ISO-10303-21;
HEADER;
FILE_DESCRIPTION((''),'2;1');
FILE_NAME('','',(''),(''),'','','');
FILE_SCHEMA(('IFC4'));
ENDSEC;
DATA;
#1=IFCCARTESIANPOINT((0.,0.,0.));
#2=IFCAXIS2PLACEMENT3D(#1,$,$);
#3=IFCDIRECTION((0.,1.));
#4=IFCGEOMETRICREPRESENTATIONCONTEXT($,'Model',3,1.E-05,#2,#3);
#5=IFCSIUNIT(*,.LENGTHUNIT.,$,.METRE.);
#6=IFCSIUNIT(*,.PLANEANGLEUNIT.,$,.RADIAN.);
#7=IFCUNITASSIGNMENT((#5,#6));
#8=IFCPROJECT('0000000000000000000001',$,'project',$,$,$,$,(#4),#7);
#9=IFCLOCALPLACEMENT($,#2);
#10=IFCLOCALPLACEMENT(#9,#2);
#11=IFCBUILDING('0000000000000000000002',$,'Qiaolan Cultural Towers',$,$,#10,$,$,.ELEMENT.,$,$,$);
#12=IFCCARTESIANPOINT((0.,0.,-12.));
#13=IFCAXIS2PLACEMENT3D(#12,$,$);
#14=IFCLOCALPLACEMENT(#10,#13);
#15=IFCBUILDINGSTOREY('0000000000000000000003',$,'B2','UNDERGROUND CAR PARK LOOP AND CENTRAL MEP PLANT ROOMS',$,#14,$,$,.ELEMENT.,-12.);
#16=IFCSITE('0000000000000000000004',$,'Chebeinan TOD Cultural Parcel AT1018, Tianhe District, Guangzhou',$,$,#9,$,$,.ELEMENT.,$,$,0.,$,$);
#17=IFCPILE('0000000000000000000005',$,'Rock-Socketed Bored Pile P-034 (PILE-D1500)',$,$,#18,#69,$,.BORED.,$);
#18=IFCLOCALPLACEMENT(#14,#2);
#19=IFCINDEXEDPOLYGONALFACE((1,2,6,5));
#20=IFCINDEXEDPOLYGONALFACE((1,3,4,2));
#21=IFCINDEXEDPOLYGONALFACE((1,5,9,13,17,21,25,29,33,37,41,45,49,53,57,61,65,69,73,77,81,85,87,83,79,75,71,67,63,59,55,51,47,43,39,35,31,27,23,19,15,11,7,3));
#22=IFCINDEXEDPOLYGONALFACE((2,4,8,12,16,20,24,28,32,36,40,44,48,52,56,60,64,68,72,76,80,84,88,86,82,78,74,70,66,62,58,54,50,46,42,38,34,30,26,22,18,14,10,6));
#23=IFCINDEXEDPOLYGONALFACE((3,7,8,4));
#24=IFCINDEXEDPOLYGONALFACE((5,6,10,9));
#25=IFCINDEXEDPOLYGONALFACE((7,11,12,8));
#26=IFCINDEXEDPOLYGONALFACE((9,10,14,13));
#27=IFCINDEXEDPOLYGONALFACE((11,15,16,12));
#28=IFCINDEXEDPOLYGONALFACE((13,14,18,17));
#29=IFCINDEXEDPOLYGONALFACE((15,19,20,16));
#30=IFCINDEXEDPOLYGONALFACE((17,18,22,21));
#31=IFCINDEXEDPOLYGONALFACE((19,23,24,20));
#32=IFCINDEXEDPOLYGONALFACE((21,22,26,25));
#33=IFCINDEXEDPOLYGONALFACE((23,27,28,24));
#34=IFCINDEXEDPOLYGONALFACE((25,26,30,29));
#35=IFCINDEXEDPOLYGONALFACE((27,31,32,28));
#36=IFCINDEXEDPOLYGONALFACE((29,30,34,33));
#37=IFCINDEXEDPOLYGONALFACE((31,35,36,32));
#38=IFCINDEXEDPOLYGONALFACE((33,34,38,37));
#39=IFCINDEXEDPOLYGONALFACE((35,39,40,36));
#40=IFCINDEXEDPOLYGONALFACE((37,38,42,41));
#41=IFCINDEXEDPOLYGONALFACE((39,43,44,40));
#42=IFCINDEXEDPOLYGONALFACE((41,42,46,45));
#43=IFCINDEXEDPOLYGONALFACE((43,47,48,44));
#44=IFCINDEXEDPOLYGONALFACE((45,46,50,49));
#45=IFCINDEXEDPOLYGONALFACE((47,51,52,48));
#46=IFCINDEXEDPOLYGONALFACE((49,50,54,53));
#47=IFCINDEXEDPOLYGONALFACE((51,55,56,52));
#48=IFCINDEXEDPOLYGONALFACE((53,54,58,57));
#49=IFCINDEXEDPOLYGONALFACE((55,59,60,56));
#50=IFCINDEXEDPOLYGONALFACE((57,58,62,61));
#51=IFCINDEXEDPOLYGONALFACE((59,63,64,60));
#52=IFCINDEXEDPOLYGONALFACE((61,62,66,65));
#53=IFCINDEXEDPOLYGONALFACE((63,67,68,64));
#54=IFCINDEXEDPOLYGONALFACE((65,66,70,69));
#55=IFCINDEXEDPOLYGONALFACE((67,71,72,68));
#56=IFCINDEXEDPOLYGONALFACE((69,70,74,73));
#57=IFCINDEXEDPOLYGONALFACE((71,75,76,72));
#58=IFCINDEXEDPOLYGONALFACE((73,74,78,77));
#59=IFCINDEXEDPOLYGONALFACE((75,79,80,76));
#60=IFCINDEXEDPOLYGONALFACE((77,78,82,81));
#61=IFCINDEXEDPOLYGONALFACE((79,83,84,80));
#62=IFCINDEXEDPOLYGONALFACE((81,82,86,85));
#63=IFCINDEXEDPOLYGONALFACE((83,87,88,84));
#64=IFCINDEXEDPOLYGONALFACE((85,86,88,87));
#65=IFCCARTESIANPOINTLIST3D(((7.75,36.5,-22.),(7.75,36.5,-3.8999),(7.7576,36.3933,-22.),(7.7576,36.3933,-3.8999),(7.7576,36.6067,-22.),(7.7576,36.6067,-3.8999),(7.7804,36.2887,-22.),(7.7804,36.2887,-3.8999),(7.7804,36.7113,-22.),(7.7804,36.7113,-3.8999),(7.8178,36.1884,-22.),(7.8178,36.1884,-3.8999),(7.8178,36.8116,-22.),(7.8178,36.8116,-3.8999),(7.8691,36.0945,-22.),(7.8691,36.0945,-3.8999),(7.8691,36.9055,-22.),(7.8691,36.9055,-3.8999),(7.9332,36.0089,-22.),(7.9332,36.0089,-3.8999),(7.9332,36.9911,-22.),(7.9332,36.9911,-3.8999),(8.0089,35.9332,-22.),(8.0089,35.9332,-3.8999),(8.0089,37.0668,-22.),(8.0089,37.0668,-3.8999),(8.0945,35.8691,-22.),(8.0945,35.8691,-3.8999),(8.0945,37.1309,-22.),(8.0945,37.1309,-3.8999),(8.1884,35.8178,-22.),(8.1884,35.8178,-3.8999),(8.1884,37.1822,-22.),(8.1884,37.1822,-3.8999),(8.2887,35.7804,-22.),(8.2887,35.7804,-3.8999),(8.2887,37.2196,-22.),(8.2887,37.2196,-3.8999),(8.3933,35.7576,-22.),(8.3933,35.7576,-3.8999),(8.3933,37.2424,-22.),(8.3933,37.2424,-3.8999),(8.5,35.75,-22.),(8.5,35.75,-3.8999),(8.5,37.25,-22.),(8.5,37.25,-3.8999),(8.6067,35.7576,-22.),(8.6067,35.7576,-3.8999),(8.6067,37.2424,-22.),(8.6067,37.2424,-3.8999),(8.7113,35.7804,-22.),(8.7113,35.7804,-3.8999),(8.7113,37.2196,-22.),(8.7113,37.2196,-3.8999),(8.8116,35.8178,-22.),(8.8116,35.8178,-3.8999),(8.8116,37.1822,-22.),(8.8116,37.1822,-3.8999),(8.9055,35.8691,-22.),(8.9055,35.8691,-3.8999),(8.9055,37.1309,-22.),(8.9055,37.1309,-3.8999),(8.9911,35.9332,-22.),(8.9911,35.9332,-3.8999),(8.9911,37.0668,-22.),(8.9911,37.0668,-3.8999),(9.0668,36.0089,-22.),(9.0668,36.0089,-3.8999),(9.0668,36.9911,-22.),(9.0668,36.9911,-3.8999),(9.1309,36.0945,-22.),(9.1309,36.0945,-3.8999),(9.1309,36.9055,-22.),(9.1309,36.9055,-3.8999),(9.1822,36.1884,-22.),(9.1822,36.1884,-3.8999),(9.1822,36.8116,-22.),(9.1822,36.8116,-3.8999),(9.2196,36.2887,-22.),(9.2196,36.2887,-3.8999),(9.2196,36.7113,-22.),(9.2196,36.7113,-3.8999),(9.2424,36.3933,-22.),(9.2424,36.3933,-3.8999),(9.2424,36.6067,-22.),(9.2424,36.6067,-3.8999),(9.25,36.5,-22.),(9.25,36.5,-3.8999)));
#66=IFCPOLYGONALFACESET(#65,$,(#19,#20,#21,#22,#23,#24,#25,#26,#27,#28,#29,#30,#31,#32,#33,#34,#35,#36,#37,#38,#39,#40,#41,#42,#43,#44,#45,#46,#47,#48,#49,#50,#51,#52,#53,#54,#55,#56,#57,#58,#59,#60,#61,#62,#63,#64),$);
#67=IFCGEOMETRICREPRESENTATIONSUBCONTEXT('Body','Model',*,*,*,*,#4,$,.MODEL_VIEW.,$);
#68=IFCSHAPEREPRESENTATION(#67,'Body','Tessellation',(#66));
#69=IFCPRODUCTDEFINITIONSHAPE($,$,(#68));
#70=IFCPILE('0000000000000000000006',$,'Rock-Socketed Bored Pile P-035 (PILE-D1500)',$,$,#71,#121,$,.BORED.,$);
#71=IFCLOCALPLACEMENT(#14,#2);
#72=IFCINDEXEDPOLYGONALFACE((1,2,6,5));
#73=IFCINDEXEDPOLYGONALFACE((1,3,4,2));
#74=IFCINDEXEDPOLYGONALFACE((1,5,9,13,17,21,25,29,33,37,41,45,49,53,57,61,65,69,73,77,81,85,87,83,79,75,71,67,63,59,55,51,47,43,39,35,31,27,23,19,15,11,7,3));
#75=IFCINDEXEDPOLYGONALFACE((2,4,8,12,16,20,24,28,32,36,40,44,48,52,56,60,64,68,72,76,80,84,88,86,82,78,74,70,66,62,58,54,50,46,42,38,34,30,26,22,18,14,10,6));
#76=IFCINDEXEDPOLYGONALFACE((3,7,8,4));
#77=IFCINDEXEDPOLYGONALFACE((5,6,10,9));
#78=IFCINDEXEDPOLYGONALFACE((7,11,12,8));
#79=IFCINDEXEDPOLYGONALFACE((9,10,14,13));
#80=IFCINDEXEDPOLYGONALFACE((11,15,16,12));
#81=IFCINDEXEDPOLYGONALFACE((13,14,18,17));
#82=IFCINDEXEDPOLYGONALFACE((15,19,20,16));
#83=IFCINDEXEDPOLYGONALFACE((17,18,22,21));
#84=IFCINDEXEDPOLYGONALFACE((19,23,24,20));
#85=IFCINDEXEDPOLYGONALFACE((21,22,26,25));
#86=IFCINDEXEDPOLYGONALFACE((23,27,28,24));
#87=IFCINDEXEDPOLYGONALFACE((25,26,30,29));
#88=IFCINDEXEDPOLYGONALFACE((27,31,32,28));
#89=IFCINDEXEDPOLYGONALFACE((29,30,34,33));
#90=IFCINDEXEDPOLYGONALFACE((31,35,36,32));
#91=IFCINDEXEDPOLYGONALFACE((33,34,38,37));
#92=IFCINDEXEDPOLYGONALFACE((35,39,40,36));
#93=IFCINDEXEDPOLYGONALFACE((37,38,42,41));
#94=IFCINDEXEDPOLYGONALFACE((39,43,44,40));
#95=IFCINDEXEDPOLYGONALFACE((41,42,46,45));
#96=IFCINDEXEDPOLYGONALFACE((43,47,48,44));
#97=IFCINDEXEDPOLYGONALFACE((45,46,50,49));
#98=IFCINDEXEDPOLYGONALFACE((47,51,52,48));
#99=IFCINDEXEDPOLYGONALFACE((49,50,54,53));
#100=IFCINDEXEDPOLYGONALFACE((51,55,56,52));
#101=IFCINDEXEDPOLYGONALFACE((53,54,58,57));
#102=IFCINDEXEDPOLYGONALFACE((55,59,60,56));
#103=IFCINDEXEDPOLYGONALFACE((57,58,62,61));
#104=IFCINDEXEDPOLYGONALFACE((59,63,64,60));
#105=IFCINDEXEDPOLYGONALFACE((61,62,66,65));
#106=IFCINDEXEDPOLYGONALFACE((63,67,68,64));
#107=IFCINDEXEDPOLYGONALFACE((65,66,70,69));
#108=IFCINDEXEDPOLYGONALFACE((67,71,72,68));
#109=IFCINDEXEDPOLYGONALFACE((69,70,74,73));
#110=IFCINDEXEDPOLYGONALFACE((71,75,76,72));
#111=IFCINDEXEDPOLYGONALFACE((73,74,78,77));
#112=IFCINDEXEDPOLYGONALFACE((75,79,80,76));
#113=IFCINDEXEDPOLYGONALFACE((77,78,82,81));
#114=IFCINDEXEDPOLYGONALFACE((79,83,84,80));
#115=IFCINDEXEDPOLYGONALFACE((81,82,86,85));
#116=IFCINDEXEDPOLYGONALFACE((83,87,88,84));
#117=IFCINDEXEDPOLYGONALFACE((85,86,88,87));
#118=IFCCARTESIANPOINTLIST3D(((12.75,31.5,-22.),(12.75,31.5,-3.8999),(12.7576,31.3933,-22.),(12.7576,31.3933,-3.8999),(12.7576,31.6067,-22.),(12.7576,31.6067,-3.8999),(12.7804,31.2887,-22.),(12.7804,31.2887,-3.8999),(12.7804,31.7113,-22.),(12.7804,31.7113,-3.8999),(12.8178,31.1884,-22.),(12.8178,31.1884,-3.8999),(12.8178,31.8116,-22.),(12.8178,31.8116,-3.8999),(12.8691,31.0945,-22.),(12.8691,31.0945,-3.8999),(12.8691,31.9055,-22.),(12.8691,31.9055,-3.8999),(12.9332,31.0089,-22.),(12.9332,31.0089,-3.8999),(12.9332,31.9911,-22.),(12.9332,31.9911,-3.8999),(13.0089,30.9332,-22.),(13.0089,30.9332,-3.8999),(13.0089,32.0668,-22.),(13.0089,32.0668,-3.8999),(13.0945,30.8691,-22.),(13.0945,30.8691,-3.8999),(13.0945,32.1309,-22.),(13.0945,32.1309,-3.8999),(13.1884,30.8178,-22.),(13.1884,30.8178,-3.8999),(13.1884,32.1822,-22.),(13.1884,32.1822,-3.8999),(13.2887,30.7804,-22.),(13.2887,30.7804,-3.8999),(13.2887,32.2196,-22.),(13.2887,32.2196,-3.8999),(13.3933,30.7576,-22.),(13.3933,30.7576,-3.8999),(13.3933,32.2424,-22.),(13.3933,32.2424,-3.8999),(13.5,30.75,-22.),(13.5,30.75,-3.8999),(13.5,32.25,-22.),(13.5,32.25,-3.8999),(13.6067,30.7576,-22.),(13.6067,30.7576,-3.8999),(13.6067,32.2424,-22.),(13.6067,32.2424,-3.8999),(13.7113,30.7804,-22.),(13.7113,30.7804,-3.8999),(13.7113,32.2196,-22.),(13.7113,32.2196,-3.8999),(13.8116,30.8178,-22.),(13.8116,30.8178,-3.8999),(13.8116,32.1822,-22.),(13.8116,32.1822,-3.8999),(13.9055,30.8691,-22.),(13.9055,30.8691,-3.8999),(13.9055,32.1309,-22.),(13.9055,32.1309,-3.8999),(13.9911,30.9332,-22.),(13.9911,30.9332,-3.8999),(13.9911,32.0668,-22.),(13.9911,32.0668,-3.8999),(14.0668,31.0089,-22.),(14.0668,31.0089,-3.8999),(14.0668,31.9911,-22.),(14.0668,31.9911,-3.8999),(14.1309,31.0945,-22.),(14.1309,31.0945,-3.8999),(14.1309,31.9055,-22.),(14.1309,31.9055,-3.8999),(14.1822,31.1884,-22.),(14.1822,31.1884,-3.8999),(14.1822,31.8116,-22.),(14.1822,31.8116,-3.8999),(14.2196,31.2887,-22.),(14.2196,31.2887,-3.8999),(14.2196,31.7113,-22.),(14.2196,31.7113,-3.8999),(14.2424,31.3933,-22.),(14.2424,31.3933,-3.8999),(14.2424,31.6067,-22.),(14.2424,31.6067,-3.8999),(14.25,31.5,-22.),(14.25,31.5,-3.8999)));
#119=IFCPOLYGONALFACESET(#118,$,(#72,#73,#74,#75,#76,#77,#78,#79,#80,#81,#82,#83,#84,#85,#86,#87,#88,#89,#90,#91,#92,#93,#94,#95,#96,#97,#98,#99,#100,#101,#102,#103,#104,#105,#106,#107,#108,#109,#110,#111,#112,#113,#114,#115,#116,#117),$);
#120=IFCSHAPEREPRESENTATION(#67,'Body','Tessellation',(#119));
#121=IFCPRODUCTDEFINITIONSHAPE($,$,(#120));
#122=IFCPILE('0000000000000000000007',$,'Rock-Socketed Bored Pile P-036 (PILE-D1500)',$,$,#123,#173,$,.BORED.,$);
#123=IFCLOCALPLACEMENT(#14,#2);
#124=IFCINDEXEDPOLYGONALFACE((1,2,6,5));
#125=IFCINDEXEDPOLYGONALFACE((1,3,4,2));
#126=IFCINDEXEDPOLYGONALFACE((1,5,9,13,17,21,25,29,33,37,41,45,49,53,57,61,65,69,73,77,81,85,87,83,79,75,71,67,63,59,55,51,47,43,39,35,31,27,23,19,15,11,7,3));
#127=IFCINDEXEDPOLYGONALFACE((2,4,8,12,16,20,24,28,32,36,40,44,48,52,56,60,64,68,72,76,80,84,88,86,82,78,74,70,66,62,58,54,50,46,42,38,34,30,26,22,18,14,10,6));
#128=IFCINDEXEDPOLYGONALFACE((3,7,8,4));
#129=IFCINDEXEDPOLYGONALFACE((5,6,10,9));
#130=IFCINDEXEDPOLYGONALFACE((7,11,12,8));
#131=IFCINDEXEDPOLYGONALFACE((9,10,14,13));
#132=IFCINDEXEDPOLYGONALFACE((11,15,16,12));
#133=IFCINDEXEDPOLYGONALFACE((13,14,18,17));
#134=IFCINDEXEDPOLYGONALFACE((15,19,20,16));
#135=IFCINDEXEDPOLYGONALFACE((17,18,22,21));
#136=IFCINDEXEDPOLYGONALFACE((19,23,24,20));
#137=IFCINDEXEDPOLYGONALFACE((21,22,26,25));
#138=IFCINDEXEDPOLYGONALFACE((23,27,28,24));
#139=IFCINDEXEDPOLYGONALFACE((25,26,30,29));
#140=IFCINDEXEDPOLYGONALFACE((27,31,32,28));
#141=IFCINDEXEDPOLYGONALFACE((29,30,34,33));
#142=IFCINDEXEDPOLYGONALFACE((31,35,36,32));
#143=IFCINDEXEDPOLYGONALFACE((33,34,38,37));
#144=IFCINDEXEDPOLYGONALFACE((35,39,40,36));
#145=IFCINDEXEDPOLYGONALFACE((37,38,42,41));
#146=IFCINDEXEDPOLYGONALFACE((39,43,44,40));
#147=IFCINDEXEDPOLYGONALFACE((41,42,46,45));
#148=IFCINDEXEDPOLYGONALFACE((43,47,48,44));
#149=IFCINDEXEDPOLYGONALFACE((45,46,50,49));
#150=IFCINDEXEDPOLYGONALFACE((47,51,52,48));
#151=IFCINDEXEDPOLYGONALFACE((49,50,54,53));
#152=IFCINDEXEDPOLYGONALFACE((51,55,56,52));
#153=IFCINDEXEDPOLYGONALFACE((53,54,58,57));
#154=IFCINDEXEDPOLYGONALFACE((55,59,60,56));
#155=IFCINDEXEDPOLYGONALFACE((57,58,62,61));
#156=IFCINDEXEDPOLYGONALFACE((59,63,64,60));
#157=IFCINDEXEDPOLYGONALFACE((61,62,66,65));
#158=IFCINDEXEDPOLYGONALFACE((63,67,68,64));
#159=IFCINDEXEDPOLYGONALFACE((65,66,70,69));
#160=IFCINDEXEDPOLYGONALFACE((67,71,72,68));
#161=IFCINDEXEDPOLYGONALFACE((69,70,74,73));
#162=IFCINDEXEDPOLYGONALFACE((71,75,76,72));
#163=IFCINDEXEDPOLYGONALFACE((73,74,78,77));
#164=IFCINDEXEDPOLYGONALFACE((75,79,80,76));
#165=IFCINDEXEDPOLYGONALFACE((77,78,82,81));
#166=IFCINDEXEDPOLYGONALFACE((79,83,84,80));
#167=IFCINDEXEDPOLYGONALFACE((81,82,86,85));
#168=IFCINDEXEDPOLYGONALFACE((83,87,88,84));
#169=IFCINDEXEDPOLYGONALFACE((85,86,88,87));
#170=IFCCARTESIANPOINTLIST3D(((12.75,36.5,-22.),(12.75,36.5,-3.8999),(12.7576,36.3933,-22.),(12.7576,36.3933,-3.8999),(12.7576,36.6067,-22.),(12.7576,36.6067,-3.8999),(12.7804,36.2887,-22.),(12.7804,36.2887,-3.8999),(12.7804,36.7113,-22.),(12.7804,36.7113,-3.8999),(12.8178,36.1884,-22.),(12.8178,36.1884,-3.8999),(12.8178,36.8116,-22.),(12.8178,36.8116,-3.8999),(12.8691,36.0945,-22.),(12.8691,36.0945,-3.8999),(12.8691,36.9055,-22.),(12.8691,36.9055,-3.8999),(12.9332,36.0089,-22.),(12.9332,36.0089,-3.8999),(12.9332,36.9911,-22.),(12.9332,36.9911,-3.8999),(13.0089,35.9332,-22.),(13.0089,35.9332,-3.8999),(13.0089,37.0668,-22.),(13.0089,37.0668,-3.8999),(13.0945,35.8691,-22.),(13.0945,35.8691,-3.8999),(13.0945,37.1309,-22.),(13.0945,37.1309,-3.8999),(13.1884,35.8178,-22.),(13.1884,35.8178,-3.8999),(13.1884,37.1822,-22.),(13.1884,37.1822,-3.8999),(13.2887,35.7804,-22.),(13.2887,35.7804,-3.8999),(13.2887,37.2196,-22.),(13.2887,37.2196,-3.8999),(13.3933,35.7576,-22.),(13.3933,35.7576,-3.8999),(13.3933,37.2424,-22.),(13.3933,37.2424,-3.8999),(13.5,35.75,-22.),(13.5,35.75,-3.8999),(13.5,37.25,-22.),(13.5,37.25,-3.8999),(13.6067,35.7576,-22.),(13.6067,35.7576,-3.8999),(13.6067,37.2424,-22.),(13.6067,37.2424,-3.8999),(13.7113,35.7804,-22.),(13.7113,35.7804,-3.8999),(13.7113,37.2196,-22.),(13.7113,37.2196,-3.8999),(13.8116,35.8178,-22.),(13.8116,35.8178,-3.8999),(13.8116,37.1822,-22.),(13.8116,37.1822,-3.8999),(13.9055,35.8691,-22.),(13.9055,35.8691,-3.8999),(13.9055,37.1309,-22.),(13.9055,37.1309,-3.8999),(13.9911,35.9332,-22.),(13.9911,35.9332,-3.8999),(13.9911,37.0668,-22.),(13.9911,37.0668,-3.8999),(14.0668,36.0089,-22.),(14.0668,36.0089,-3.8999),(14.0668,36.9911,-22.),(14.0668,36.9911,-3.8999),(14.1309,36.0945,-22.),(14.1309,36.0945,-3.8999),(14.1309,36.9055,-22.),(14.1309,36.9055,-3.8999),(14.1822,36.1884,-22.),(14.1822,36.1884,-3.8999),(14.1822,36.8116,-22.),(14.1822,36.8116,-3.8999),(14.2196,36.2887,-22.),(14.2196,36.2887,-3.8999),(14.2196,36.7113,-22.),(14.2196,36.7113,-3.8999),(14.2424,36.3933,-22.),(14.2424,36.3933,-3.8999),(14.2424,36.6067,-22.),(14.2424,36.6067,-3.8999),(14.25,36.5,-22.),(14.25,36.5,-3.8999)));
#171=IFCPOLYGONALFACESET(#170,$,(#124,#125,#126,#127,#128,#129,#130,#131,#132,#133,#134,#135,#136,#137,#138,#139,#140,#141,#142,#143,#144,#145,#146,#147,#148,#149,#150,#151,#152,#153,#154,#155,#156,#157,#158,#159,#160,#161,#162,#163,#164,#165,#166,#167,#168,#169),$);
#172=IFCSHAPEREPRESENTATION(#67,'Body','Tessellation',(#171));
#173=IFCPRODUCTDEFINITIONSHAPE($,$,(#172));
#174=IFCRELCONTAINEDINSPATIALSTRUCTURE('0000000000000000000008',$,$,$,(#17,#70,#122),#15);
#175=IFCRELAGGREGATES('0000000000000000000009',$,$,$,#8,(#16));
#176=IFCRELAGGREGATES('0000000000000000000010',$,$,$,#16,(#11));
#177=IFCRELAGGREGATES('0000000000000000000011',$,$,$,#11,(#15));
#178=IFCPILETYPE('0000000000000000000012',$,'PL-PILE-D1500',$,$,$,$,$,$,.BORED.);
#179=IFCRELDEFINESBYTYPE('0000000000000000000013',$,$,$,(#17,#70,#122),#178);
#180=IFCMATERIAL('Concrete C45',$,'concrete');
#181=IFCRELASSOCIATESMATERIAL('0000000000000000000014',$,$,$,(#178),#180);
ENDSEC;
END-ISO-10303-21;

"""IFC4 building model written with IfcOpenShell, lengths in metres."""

from ifc_helpers import new_model, si_unit, direction, frame, origin, origin_2d, place, context, subcontext, project, spatial, circle, extrude, material, material_profile, profile_set, type_object, element, save


model = new_model("IFC4")

# Units and contexts
model_context = context("Model", 3, precision=1e-05, world=origin(), true_north=direction((0.0, 1.0)))
body_context = subcontext(model_context, "Body", "Model", "MODEL_VIEW")
ifc_project = project(units=[si_unit("LENGTHUNIT", "METRE"), si_unit("PLANEANGLEUNIT", "RADIAN")], contexts=[model_context])

# Site, building, storey
site_placement = place(None, origin())
site = spatial("IfcSite", under=ifc_project, at=site_placement, Name="Chebeinan TOD Cultural Parcel AT1018, Tianhe District, Guangzhou", CompositionType="ELEMENT", RefElevation=0.0)
building_placement = place(site_placement, origin())
building = spatial("IfcBuilding", under=site, at=building_placement, Name="Qiaolan Cultural Towers", CompositionType="ELEMENT")
storey_placement = place(building_placement, frame((0.0, 0.0, -12.0)))
storey = spatial("IfcBuildingStorey", under=building, at=storey_placement, Name="B2", Description="UNDERGROUND CAR PARK LOOP AND CENTRAL MEP PLANT ROOMS", CompositionType="ELEMENT", Elevation=-12.0)

# Piles
ifc_material_1 = material(Name="Concrete C45", Category="concrete")
ifc_material_profile_1 = material_profile(ifc_material_1, circle(Radius=0.75, at=origin_2d()), Name="PILE-D1500")
ifc_profile_set_1 = profile_set([ifc_material_profile_1], Name="Concrete C45")
pile_type_1 = type_object("IfcPileType", Name="PL-PILE-D1500", PredefinedType="BORED", material=ifc_profile_set_1)
for number, where, z_axis, x_axis, name in (
    (1, (8.5, 36.5, -3.8999), (0.0, 0.0, -1.0), (1.0, 0.0, 0.0), "Rock-Socketed Bored Pile P-034 (PILE-D1500)"),
    (2, (13.5, 31.5, -3.8999), (0.0, 0.0, -1.0), (1.0, 0.0, 0.0), "Rock-Socketed Bored Pile P-035 (PILE-D1500)"),
    (3, (13.5, 36.5, -3.8999), (0.0, 0.0, -1.0), (1.0, 0.0, 0.0), "Rock-Socketed Bored Pile P-036 (PILE-D1500)"),
):
    element("IfcPile", number, at=place(storey_placement, frame(where, z_axis=z_axis, x_axis=x_axis)), inside=storey, type_object=pile_type_1, Name=name, PredefinedType="BORED", context=body_context, shape_type="SweptSolid", body=[
        extrude(circle(Radius=0.75, at=origin_2d()), origin(), (0.0, 0.0, 1.0), 18.1001),
    ])

save(model, "model.ifc")
